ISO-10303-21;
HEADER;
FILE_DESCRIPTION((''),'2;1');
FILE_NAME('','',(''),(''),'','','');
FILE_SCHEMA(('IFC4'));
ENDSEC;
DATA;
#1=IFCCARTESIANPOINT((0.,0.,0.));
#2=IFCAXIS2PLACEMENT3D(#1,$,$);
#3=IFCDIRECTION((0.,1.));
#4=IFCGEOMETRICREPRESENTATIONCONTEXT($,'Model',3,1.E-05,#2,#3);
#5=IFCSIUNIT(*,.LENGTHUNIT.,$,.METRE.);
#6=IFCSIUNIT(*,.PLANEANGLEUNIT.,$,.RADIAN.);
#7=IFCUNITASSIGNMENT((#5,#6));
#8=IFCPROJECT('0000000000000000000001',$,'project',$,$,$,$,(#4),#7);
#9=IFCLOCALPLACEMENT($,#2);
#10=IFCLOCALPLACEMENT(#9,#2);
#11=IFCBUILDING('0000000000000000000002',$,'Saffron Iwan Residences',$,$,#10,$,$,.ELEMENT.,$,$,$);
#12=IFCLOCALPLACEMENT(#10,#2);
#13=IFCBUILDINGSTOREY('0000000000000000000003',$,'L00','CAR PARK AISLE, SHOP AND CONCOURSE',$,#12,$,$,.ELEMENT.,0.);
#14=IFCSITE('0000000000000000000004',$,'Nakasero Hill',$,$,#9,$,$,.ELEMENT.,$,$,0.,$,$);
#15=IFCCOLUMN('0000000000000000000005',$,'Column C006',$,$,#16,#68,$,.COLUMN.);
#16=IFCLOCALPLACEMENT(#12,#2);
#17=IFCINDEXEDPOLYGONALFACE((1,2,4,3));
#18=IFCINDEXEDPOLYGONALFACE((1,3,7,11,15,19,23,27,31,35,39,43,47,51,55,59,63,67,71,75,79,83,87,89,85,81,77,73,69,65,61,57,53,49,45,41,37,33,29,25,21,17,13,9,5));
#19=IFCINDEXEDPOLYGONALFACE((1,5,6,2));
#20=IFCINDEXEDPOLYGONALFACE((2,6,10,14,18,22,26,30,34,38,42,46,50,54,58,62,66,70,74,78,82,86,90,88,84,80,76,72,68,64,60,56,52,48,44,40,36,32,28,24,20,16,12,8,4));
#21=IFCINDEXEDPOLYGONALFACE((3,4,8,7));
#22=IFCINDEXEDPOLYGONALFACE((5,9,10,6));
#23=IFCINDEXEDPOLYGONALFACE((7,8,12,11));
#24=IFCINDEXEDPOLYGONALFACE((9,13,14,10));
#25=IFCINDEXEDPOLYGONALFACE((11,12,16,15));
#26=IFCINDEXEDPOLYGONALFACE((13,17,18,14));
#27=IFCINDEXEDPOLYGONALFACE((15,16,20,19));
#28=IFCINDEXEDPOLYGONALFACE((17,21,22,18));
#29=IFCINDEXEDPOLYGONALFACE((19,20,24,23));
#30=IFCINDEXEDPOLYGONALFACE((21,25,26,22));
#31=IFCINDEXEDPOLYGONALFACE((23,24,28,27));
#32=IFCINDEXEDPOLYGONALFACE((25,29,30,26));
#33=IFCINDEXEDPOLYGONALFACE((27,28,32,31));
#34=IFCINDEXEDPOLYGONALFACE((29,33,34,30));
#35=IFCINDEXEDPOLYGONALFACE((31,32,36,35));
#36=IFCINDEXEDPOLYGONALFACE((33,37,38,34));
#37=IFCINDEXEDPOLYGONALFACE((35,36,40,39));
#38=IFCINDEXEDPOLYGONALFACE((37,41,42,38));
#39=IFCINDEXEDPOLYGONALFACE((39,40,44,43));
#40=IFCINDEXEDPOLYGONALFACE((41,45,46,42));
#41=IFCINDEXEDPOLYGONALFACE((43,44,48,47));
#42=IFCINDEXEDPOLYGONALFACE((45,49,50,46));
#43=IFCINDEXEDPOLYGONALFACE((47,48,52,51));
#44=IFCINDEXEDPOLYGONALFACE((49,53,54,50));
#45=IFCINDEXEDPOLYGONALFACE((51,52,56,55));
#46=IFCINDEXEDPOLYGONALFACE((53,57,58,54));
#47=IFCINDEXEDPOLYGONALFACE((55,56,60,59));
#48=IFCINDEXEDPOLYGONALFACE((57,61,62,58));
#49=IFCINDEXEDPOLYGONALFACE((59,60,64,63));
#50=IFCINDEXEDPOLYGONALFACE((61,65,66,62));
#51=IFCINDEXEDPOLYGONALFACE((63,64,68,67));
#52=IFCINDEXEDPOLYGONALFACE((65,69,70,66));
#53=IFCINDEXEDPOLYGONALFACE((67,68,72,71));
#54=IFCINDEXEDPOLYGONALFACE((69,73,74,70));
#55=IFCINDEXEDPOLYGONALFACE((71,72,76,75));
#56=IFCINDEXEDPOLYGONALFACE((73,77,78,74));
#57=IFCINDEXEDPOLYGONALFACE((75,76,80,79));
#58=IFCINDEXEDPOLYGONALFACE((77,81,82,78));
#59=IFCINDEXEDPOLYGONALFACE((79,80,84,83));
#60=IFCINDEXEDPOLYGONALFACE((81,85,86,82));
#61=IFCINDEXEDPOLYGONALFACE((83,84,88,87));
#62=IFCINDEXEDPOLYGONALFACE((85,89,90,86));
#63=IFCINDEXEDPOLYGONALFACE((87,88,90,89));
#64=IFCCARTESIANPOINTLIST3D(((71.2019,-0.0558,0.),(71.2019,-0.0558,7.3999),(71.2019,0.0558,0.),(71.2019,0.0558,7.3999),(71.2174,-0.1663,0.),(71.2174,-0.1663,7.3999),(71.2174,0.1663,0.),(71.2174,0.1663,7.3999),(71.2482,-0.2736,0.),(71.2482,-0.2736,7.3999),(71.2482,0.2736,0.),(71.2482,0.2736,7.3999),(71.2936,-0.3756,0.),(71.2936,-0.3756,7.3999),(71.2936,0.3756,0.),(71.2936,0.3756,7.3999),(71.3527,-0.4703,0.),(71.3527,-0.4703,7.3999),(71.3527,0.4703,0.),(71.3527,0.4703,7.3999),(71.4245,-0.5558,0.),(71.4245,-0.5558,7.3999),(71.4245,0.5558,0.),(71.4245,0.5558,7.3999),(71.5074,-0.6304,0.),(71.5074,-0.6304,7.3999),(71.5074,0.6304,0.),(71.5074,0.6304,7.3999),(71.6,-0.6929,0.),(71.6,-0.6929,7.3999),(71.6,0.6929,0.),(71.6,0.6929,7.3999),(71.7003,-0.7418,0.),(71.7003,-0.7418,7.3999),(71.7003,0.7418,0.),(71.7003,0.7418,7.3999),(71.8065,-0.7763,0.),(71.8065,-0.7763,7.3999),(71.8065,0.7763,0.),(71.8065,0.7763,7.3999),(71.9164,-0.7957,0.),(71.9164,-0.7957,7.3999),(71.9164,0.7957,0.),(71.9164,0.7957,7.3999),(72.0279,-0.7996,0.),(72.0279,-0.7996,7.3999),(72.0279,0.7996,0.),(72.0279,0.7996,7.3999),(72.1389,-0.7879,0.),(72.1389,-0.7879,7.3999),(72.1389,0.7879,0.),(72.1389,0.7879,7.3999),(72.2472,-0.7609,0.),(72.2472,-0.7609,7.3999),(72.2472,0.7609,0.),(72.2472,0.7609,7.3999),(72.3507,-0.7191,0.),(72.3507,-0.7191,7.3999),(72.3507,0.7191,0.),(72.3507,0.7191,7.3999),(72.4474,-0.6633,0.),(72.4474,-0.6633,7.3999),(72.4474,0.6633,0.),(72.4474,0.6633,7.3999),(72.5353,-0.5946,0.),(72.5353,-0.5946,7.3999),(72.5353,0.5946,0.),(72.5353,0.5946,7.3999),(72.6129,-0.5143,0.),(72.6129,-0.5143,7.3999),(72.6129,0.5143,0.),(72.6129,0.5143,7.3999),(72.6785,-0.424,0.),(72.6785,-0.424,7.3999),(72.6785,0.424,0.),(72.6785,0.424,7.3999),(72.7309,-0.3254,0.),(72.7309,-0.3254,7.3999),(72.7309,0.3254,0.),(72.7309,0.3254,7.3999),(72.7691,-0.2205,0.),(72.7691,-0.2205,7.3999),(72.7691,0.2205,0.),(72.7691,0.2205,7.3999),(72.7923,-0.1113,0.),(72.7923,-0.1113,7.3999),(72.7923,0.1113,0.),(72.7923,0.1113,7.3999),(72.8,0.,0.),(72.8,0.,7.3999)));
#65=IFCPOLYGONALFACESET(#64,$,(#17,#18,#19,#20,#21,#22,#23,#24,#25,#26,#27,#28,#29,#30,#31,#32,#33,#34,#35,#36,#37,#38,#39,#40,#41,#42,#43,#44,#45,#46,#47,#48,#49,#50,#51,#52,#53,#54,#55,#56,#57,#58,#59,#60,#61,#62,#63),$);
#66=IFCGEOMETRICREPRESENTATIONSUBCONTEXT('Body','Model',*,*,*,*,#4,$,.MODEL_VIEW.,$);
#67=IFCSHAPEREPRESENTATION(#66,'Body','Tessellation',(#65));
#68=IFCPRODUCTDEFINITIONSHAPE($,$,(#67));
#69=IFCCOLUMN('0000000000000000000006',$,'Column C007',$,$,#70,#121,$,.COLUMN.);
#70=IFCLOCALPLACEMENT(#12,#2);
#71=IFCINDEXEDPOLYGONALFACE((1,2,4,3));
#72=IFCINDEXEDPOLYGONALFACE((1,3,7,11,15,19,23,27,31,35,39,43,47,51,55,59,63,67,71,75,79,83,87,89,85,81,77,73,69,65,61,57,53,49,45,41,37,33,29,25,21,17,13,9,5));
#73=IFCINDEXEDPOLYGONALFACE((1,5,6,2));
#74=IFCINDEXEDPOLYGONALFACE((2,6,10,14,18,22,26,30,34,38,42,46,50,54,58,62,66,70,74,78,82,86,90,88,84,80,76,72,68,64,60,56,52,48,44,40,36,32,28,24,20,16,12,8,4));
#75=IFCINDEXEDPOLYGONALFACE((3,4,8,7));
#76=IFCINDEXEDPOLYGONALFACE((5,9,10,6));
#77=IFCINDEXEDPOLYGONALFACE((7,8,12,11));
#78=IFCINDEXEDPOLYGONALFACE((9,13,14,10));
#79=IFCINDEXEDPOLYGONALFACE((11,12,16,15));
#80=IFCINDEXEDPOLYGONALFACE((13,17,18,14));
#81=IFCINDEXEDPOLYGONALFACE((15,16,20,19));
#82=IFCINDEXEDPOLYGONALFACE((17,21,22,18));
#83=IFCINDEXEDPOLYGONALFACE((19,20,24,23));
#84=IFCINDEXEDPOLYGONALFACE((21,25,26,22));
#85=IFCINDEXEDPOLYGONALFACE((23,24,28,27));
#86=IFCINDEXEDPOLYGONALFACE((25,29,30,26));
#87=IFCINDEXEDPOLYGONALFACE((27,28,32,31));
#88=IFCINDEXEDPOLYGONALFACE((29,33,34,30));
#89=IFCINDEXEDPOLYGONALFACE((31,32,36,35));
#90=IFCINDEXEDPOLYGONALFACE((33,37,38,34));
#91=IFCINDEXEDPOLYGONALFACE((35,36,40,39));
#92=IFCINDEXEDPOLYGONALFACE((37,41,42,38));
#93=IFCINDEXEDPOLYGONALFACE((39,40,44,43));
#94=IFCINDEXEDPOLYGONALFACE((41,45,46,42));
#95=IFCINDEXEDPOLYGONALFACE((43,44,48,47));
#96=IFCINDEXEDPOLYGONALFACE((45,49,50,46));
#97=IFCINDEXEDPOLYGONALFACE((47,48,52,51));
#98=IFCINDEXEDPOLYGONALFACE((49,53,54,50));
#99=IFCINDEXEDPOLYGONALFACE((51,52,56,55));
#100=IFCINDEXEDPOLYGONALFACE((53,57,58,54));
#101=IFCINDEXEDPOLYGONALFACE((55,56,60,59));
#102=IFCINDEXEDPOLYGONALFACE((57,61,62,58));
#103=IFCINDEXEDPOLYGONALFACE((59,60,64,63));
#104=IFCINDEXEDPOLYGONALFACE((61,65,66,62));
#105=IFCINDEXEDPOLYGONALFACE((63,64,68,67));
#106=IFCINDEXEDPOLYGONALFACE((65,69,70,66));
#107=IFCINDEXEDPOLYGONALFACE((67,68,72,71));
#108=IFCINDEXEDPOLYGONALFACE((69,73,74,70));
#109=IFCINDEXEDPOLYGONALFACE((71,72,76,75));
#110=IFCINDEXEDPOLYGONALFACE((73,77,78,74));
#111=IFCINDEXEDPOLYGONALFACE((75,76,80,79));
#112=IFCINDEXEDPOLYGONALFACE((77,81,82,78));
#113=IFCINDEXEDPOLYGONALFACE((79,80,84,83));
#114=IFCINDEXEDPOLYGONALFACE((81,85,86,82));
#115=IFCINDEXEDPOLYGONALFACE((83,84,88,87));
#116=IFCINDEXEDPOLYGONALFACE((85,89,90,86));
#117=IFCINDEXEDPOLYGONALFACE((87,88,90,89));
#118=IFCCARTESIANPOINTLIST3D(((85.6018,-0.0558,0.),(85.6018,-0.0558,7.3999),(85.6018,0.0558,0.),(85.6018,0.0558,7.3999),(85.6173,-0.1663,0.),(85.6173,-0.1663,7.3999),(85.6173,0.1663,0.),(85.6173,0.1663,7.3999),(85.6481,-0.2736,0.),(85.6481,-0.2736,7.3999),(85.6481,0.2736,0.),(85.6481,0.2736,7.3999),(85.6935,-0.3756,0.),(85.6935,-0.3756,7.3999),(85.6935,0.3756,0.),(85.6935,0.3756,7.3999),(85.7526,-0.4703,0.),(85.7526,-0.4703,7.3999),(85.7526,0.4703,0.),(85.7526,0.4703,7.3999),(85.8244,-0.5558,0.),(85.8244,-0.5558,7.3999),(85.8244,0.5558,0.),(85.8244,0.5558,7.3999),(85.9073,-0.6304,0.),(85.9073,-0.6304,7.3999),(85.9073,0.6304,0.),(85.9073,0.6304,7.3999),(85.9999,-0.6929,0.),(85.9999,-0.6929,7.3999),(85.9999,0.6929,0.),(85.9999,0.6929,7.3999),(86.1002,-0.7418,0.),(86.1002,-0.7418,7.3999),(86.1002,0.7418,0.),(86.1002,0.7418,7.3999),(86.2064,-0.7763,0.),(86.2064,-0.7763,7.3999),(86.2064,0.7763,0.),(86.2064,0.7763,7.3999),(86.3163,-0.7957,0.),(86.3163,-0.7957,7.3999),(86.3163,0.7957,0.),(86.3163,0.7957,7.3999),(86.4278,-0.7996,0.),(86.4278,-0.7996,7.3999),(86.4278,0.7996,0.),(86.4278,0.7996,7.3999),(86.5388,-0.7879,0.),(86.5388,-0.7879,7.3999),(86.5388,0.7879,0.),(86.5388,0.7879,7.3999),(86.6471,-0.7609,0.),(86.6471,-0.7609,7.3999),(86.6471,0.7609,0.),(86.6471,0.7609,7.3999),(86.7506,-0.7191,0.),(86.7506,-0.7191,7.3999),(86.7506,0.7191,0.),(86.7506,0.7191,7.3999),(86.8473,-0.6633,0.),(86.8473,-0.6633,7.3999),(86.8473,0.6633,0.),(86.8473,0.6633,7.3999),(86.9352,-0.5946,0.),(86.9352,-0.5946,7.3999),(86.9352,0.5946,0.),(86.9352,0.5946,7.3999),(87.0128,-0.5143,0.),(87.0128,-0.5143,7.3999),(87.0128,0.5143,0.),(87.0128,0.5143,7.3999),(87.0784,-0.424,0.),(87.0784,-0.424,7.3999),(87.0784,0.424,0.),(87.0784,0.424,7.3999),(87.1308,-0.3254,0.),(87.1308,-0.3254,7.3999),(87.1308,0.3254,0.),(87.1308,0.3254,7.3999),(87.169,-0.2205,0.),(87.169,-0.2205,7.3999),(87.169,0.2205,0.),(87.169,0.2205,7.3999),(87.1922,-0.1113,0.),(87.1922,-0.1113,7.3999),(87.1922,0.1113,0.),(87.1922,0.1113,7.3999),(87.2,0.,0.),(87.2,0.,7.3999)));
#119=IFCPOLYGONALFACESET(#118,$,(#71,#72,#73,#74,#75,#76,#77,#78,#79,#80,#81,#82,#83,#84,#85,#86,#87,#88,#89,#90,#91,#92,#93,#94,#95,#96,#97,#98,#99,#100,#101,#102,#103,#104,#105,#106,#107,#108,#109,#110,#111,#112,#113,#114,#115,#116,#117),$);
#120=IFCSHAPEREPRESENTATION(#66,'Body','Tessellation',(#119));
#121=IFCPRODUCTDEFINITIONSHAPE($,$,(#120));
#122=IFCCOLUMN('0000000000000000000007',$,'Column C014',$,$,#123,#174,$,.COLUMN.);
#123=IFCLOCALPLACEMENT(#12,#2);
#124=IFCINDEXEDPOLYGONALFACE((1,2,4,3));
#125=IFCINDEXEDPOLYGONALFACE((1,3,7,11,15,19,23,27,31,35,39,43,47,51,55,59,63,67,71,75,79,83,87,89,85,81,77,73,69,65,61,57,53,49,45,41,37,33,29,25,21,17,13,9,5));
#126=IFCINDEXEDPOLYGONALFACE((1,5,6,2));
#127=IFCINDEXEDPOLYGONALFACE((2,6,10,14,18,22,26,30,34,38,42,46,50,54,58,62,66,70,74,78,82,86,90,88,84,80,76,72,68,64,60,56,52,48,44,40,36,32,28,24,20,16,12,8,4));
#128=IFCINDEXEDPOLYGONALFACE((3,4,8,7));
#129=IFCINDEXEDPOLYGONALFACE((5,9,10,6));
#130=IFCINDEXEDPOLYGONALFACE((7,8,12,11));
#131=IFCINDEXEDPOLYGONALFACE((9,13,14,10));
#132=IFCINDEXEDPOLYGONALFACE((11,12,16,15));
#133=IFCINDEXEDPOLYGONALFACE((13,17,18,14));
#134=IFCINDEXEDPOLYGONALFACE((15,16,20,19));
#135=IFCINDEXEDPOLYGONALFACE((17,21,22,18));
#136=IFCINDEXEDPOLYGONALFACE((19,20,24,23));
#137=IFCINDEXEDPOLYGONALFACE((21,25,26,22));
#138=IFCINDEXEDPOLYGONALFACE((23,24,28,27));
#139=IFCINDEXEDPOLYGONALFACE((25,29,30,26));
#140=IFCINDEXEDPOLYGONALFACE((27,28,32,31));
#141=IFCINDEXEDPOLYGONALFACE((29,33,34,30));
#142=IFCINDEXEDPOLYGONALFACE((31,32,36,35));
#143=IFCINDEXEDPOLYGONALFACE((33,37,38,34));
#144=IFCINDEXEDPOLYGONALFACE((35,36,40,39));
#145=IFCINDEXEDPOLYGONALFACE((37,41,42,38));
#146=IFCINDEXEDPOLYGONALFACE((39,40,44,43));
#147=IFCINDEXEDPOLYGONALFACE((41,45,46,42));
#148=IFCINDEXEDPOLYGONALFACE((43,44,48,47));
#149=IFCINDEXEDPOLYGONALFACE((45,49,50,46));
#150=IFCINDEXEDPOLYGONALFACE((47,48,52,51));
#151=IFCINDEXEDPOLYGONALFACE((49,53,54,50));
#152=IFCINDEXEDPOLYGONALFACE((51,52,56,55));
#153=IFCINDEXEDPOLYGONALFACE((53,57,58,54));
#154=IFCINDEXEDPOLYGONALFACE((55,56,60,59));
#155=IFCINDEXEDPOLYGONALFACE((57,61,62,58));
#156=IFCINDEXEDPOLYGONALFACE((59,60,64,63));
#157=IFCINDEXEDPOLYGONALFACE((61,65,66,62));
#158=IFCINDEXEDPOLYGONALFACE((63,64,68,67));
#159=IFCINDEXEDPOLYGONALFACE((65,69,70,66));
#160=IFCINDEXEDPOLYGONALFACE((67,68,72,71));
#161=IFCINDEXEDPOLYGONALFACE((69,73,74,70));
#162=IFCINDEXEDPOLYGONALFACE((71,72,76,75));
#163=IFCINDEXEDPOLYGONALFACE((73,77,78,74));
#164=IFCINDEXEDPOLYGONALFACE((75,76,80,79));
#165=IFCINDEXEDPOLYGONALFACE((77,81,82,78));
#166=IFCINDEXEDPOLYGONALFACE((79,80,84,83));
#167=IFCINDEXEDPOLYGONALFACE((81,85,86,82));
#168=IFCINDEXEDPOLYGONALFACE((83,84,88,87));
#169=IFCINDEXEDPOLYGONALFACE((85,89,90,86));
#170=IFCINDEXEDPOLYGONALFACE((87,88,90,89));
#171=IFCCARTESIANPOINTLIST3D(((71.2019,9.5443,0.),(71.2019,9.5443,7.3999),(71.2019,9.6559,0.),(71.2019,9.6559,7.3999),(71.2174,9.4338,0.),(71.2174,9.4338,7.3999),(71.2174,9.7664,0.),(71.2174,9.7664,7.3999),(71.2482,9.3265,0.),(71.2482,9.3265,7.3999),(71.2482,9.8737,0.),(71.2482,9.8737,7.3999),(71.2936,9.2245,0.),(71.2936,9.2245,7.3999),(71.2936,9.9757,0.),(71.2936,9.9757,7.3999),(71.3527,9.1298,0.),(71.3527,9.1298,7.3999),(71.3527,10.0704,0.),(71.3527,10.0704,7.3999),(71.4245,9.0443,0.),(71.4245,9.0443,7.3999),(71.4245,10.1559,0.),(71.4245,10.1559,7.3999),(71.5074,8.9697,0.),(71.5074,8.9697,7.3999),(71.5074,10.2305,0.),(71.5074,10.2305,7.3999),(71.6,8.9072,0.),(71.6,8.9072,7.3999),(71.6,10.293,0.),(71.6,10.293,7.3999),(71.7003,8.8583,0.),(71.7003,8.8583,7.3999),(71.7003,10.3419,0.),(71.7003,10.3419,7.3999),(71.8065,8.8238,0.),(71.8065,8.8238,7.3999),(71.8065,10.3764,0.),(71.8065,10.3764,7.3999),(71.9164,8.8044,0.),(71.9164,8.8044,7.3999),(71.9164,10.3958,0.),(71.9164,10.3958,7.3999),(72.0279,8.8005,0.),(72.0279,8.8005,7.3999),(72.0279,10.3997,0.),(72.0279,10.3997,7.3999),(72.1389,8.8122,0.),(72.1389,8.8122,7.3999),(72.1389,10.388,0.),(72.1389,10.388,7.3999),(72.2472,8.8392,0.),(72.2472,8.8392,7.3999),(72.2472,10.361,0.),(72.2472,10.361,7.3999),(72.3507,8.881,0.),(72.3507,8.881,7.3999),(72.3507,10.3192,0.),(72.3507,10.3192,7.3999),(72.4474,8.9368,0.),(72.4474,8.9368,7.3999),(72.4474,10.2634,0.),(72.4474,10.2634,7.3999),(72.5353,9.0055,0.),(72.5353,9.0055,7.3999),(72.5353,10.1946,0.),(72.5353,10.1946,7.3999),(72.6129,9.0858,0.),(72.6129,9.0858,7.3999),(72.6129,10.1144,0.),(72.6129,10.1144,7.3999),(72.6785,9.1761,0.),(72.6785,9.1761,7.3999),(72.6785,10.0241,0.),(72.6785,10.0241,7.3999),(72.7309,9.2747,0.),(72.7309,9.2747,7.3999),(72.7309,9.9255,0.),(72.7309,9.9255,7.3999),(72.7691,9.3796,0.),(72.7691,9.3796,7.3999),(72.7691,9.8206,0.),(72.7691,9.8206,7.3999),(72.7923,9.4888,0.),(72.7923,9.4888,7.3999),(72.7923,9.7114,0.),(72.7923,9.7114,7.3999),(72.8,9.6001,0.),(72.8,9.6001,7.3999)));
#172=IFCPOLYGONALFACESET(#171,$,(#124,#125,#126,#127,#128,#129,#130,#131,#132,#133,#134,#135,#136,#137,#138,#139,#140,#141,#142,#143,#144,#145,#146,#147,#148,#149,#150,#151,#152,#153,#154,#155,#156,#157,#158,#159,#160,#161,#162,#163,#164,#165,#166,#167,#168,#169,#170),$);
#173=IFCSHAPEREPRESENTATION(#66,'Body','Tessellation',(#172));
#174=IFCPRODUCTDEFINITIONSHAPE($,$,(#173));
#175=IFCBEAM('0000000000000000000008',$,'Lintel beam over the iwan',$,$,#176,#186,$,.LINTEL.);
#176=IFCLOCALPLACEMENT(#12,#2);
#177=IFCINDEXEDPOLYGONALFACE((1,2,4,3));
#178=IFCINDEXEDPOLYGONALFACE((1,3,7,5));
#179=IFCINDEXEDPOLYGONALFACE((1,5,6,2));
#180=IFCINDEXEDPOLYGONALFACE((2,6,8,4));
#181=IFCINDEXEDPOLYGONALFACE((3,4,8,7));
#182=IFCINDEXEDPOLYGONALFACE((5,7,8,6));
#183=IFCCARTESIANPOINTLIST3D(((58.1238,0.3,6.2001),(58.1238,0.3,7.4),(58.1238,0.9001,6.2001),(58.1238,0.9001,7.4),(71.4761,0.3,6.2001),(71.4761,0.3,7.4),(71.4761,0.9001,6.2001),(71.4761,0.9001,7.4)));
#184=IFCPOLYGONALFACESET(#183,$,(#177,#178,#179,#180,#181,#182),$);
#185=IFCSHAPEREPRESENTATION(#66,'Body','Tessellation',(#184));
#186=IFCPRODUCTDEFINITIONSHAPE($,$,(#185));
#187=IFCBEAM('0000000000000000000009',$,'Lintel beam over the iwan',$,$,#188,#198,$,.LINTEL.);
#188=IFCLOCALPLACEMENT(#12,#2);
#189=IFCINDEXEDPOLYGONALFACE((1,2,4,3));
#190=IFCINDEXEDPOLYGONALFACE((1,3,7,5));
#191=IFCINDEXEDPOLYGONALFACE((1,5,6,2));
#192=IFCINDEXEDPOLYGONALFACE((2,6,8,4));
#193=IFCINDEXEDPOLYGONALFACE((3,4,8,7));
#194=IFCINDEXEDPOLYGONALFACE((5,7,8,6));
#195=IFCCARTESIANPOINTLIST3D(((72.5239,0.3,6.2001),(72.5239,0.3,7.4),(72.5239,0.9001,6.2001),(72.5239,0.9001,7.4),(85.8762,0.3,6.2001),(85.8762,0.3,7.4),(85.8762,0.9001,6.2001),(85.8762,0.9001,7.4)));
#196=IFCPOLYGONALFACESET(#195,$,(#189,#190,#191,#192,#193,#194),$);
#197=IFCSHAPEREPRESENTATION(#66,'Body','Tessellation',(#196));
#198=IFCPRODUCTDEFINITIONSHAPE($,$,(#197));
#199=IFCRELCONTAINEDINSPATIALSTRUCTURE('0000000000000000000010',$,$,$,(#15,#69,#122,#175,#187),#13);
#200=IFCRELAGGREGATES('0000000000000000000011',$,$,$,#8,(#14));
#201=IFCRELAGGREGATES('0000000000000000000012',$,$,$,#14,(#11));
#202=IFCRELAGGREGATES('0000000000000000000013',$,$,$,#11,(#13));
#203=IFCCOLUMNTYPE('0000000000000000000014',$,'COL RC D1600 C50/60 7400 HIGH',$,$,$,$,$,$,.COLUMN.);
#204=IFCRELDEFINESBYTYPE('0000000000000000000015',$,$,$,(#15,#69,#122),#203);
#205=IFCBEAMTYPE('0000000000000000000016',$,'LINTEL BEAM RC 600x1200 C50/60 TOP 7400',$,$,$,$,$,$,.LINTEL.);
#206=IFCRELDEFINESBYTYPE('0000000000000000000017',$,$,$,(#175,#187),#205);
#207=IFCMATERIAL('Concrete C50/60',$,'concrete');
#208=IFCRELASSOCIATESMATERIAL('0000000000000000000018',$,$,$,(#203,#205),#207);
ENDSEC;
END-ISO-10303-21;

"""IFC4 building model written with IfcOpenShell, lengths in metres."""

from ifc_helpers import new_model, si_unit, direction, frame, origin, origin_2d, place, context, subcontext, project, spatial, rectangle, circle, extrude, source, transform, mapped, material, material_profile, profile_set, type_object, element, save


model = new_model("IFC4")

# Units and contexts
model_context = context("Model", 3, precision=1e-05, world=origin(), true_north=direction((0.0, 1.0)))
body_context = subcontext(model_context, "Body", "Model", "MODEL_VIEW")
ifc_project = project(units=[si_unit("LENGTHUNIT", "METRE"), si_unit("PLANEANGLEUNIT", "RADIAN")], contexts=[model_context])

# Site, building, storey
site_placement = place(None, origin())
site = spatial("IfcSite", under=ifc_project, at=site_placement, Name="Nakasero Hill", CompositionType="ELEMENT", RefElevation=0.0)
building_placement = place(site_placement, origin())
building = spatial("IfcBuilding", under=site, at=building_placement, Name="Saffron Iwan Residences", CompositionType="ELEMENT")
storey_placement = place(building_placement, origin())
storey = spatial("IfcBuildingStorey", under=building, at=storey_placement, Name="L00", Description="CAR PARK AISLE, SHOP AND CONCOURSE", CompositionType="ELEMENT", Elevation=0.0)

# Columns
ifc_material_1 = material(Name="Concrete C50/60", Category="concrete")
ifc_material_profile_1 = material_profile(ifc_material_1, circle(Radius=0.8, at=origin_2d()), Name="RC D1600")
ifc_profile_set_1 = profile_set([ifc_material_profile_1], Name="Concrete C50/60")
column_type = type_object("IfcColumnType", Name="COL RC D1600 C50/60 7400 HIGH", PredefinedType="COLUMN", material=ifc_profile_set_1)
shared_shape_1 = source(origin(), body_context, "Body", "SweptSolid", [
    extrude(circle(Radius=0.8, at=origin_2d()), origin(), (0.0, 0.0, 1.0), 7.3999),
])
for number, where, z_axis, x_axis, name in (
    (1, (72.0, 0.0, 0.0), (0.0, 0.0, 1.0), (1.0, 0.0, 0.0), "Column C006"),
    (2, (86.3999, 0.0, 0.0), (0.0, 0.0, 1.0), (1.0, 0.0, 0.0), "Column C007"),
    (3, (72.0, 9.6001, 0.0), (0.0, 0.0, 1.0), (1.0, 0.0, 0.0), "Column C014"),
):
    element("IfcColumn", number, at=place(storey_placement, frame(where, z_axis=z_axis, x_axis=x_axis)), inside=storey, type_object=column_type, Name=name, PredefinedType="COLUMN", context=body_context, shape_type="MappedRepresentation", body=[
        mapped(shared_shape_1, transform((0.0, 0.0, 0.0))),
    ])

# Beams
ifc_material_profile_2 = material_profile(ifc_material_1, rectangle(XDim=0.6001, YDim=1.2, at=origin_2d()), Name="RC 600x1200")
ifc_profile_set_2 = profile_set([ifc_material_profile_2], Name="Concrete C50/60")
beam_type_1 = type_object("IfcBeamType", Name="LINTEL BEAM RC 600x1200 C50/60 TOP 7400", PredefinedType="LINTEL", material=ifc_profile_set_2)
shared_shape_2 = source(origin(), body_context, "Body", "SweptSolid", [
    extrude(rectangle(XDim=0.6001, YDim=1.2, at=origin_2d()), origin(), (0.0, 0.0, 1.0), 13.3523),
])
for number, where, z_axis, x_axis, name in (
    (4, (71.4761, 0.6001, 6.8), (-1.0, 0.0, 0.0), (0.0, -1.0, 0.0), "Lintel beam over the iwan"),
    (5, (85.8762, 0.6001, 6.8), (-1.0, 0.0, 0.0), (0.0, -1.0, 0.0), "Lintel beam over the iwan"),
):
    element("IfcBeam", number, at=place(storey_placement, frame(where, z_axis=z_axis, x_axis=x_axis)), inside=storey, type_object=beam_type_1, Name=name, PredefinedType="LINTEL", context=body_context, shape_type="MappedRepresentation", body=[
        mapped(shared_shape_2, transform((0.0, 0.0, 0.0))),
    ])

save(model, "model.ifc")
